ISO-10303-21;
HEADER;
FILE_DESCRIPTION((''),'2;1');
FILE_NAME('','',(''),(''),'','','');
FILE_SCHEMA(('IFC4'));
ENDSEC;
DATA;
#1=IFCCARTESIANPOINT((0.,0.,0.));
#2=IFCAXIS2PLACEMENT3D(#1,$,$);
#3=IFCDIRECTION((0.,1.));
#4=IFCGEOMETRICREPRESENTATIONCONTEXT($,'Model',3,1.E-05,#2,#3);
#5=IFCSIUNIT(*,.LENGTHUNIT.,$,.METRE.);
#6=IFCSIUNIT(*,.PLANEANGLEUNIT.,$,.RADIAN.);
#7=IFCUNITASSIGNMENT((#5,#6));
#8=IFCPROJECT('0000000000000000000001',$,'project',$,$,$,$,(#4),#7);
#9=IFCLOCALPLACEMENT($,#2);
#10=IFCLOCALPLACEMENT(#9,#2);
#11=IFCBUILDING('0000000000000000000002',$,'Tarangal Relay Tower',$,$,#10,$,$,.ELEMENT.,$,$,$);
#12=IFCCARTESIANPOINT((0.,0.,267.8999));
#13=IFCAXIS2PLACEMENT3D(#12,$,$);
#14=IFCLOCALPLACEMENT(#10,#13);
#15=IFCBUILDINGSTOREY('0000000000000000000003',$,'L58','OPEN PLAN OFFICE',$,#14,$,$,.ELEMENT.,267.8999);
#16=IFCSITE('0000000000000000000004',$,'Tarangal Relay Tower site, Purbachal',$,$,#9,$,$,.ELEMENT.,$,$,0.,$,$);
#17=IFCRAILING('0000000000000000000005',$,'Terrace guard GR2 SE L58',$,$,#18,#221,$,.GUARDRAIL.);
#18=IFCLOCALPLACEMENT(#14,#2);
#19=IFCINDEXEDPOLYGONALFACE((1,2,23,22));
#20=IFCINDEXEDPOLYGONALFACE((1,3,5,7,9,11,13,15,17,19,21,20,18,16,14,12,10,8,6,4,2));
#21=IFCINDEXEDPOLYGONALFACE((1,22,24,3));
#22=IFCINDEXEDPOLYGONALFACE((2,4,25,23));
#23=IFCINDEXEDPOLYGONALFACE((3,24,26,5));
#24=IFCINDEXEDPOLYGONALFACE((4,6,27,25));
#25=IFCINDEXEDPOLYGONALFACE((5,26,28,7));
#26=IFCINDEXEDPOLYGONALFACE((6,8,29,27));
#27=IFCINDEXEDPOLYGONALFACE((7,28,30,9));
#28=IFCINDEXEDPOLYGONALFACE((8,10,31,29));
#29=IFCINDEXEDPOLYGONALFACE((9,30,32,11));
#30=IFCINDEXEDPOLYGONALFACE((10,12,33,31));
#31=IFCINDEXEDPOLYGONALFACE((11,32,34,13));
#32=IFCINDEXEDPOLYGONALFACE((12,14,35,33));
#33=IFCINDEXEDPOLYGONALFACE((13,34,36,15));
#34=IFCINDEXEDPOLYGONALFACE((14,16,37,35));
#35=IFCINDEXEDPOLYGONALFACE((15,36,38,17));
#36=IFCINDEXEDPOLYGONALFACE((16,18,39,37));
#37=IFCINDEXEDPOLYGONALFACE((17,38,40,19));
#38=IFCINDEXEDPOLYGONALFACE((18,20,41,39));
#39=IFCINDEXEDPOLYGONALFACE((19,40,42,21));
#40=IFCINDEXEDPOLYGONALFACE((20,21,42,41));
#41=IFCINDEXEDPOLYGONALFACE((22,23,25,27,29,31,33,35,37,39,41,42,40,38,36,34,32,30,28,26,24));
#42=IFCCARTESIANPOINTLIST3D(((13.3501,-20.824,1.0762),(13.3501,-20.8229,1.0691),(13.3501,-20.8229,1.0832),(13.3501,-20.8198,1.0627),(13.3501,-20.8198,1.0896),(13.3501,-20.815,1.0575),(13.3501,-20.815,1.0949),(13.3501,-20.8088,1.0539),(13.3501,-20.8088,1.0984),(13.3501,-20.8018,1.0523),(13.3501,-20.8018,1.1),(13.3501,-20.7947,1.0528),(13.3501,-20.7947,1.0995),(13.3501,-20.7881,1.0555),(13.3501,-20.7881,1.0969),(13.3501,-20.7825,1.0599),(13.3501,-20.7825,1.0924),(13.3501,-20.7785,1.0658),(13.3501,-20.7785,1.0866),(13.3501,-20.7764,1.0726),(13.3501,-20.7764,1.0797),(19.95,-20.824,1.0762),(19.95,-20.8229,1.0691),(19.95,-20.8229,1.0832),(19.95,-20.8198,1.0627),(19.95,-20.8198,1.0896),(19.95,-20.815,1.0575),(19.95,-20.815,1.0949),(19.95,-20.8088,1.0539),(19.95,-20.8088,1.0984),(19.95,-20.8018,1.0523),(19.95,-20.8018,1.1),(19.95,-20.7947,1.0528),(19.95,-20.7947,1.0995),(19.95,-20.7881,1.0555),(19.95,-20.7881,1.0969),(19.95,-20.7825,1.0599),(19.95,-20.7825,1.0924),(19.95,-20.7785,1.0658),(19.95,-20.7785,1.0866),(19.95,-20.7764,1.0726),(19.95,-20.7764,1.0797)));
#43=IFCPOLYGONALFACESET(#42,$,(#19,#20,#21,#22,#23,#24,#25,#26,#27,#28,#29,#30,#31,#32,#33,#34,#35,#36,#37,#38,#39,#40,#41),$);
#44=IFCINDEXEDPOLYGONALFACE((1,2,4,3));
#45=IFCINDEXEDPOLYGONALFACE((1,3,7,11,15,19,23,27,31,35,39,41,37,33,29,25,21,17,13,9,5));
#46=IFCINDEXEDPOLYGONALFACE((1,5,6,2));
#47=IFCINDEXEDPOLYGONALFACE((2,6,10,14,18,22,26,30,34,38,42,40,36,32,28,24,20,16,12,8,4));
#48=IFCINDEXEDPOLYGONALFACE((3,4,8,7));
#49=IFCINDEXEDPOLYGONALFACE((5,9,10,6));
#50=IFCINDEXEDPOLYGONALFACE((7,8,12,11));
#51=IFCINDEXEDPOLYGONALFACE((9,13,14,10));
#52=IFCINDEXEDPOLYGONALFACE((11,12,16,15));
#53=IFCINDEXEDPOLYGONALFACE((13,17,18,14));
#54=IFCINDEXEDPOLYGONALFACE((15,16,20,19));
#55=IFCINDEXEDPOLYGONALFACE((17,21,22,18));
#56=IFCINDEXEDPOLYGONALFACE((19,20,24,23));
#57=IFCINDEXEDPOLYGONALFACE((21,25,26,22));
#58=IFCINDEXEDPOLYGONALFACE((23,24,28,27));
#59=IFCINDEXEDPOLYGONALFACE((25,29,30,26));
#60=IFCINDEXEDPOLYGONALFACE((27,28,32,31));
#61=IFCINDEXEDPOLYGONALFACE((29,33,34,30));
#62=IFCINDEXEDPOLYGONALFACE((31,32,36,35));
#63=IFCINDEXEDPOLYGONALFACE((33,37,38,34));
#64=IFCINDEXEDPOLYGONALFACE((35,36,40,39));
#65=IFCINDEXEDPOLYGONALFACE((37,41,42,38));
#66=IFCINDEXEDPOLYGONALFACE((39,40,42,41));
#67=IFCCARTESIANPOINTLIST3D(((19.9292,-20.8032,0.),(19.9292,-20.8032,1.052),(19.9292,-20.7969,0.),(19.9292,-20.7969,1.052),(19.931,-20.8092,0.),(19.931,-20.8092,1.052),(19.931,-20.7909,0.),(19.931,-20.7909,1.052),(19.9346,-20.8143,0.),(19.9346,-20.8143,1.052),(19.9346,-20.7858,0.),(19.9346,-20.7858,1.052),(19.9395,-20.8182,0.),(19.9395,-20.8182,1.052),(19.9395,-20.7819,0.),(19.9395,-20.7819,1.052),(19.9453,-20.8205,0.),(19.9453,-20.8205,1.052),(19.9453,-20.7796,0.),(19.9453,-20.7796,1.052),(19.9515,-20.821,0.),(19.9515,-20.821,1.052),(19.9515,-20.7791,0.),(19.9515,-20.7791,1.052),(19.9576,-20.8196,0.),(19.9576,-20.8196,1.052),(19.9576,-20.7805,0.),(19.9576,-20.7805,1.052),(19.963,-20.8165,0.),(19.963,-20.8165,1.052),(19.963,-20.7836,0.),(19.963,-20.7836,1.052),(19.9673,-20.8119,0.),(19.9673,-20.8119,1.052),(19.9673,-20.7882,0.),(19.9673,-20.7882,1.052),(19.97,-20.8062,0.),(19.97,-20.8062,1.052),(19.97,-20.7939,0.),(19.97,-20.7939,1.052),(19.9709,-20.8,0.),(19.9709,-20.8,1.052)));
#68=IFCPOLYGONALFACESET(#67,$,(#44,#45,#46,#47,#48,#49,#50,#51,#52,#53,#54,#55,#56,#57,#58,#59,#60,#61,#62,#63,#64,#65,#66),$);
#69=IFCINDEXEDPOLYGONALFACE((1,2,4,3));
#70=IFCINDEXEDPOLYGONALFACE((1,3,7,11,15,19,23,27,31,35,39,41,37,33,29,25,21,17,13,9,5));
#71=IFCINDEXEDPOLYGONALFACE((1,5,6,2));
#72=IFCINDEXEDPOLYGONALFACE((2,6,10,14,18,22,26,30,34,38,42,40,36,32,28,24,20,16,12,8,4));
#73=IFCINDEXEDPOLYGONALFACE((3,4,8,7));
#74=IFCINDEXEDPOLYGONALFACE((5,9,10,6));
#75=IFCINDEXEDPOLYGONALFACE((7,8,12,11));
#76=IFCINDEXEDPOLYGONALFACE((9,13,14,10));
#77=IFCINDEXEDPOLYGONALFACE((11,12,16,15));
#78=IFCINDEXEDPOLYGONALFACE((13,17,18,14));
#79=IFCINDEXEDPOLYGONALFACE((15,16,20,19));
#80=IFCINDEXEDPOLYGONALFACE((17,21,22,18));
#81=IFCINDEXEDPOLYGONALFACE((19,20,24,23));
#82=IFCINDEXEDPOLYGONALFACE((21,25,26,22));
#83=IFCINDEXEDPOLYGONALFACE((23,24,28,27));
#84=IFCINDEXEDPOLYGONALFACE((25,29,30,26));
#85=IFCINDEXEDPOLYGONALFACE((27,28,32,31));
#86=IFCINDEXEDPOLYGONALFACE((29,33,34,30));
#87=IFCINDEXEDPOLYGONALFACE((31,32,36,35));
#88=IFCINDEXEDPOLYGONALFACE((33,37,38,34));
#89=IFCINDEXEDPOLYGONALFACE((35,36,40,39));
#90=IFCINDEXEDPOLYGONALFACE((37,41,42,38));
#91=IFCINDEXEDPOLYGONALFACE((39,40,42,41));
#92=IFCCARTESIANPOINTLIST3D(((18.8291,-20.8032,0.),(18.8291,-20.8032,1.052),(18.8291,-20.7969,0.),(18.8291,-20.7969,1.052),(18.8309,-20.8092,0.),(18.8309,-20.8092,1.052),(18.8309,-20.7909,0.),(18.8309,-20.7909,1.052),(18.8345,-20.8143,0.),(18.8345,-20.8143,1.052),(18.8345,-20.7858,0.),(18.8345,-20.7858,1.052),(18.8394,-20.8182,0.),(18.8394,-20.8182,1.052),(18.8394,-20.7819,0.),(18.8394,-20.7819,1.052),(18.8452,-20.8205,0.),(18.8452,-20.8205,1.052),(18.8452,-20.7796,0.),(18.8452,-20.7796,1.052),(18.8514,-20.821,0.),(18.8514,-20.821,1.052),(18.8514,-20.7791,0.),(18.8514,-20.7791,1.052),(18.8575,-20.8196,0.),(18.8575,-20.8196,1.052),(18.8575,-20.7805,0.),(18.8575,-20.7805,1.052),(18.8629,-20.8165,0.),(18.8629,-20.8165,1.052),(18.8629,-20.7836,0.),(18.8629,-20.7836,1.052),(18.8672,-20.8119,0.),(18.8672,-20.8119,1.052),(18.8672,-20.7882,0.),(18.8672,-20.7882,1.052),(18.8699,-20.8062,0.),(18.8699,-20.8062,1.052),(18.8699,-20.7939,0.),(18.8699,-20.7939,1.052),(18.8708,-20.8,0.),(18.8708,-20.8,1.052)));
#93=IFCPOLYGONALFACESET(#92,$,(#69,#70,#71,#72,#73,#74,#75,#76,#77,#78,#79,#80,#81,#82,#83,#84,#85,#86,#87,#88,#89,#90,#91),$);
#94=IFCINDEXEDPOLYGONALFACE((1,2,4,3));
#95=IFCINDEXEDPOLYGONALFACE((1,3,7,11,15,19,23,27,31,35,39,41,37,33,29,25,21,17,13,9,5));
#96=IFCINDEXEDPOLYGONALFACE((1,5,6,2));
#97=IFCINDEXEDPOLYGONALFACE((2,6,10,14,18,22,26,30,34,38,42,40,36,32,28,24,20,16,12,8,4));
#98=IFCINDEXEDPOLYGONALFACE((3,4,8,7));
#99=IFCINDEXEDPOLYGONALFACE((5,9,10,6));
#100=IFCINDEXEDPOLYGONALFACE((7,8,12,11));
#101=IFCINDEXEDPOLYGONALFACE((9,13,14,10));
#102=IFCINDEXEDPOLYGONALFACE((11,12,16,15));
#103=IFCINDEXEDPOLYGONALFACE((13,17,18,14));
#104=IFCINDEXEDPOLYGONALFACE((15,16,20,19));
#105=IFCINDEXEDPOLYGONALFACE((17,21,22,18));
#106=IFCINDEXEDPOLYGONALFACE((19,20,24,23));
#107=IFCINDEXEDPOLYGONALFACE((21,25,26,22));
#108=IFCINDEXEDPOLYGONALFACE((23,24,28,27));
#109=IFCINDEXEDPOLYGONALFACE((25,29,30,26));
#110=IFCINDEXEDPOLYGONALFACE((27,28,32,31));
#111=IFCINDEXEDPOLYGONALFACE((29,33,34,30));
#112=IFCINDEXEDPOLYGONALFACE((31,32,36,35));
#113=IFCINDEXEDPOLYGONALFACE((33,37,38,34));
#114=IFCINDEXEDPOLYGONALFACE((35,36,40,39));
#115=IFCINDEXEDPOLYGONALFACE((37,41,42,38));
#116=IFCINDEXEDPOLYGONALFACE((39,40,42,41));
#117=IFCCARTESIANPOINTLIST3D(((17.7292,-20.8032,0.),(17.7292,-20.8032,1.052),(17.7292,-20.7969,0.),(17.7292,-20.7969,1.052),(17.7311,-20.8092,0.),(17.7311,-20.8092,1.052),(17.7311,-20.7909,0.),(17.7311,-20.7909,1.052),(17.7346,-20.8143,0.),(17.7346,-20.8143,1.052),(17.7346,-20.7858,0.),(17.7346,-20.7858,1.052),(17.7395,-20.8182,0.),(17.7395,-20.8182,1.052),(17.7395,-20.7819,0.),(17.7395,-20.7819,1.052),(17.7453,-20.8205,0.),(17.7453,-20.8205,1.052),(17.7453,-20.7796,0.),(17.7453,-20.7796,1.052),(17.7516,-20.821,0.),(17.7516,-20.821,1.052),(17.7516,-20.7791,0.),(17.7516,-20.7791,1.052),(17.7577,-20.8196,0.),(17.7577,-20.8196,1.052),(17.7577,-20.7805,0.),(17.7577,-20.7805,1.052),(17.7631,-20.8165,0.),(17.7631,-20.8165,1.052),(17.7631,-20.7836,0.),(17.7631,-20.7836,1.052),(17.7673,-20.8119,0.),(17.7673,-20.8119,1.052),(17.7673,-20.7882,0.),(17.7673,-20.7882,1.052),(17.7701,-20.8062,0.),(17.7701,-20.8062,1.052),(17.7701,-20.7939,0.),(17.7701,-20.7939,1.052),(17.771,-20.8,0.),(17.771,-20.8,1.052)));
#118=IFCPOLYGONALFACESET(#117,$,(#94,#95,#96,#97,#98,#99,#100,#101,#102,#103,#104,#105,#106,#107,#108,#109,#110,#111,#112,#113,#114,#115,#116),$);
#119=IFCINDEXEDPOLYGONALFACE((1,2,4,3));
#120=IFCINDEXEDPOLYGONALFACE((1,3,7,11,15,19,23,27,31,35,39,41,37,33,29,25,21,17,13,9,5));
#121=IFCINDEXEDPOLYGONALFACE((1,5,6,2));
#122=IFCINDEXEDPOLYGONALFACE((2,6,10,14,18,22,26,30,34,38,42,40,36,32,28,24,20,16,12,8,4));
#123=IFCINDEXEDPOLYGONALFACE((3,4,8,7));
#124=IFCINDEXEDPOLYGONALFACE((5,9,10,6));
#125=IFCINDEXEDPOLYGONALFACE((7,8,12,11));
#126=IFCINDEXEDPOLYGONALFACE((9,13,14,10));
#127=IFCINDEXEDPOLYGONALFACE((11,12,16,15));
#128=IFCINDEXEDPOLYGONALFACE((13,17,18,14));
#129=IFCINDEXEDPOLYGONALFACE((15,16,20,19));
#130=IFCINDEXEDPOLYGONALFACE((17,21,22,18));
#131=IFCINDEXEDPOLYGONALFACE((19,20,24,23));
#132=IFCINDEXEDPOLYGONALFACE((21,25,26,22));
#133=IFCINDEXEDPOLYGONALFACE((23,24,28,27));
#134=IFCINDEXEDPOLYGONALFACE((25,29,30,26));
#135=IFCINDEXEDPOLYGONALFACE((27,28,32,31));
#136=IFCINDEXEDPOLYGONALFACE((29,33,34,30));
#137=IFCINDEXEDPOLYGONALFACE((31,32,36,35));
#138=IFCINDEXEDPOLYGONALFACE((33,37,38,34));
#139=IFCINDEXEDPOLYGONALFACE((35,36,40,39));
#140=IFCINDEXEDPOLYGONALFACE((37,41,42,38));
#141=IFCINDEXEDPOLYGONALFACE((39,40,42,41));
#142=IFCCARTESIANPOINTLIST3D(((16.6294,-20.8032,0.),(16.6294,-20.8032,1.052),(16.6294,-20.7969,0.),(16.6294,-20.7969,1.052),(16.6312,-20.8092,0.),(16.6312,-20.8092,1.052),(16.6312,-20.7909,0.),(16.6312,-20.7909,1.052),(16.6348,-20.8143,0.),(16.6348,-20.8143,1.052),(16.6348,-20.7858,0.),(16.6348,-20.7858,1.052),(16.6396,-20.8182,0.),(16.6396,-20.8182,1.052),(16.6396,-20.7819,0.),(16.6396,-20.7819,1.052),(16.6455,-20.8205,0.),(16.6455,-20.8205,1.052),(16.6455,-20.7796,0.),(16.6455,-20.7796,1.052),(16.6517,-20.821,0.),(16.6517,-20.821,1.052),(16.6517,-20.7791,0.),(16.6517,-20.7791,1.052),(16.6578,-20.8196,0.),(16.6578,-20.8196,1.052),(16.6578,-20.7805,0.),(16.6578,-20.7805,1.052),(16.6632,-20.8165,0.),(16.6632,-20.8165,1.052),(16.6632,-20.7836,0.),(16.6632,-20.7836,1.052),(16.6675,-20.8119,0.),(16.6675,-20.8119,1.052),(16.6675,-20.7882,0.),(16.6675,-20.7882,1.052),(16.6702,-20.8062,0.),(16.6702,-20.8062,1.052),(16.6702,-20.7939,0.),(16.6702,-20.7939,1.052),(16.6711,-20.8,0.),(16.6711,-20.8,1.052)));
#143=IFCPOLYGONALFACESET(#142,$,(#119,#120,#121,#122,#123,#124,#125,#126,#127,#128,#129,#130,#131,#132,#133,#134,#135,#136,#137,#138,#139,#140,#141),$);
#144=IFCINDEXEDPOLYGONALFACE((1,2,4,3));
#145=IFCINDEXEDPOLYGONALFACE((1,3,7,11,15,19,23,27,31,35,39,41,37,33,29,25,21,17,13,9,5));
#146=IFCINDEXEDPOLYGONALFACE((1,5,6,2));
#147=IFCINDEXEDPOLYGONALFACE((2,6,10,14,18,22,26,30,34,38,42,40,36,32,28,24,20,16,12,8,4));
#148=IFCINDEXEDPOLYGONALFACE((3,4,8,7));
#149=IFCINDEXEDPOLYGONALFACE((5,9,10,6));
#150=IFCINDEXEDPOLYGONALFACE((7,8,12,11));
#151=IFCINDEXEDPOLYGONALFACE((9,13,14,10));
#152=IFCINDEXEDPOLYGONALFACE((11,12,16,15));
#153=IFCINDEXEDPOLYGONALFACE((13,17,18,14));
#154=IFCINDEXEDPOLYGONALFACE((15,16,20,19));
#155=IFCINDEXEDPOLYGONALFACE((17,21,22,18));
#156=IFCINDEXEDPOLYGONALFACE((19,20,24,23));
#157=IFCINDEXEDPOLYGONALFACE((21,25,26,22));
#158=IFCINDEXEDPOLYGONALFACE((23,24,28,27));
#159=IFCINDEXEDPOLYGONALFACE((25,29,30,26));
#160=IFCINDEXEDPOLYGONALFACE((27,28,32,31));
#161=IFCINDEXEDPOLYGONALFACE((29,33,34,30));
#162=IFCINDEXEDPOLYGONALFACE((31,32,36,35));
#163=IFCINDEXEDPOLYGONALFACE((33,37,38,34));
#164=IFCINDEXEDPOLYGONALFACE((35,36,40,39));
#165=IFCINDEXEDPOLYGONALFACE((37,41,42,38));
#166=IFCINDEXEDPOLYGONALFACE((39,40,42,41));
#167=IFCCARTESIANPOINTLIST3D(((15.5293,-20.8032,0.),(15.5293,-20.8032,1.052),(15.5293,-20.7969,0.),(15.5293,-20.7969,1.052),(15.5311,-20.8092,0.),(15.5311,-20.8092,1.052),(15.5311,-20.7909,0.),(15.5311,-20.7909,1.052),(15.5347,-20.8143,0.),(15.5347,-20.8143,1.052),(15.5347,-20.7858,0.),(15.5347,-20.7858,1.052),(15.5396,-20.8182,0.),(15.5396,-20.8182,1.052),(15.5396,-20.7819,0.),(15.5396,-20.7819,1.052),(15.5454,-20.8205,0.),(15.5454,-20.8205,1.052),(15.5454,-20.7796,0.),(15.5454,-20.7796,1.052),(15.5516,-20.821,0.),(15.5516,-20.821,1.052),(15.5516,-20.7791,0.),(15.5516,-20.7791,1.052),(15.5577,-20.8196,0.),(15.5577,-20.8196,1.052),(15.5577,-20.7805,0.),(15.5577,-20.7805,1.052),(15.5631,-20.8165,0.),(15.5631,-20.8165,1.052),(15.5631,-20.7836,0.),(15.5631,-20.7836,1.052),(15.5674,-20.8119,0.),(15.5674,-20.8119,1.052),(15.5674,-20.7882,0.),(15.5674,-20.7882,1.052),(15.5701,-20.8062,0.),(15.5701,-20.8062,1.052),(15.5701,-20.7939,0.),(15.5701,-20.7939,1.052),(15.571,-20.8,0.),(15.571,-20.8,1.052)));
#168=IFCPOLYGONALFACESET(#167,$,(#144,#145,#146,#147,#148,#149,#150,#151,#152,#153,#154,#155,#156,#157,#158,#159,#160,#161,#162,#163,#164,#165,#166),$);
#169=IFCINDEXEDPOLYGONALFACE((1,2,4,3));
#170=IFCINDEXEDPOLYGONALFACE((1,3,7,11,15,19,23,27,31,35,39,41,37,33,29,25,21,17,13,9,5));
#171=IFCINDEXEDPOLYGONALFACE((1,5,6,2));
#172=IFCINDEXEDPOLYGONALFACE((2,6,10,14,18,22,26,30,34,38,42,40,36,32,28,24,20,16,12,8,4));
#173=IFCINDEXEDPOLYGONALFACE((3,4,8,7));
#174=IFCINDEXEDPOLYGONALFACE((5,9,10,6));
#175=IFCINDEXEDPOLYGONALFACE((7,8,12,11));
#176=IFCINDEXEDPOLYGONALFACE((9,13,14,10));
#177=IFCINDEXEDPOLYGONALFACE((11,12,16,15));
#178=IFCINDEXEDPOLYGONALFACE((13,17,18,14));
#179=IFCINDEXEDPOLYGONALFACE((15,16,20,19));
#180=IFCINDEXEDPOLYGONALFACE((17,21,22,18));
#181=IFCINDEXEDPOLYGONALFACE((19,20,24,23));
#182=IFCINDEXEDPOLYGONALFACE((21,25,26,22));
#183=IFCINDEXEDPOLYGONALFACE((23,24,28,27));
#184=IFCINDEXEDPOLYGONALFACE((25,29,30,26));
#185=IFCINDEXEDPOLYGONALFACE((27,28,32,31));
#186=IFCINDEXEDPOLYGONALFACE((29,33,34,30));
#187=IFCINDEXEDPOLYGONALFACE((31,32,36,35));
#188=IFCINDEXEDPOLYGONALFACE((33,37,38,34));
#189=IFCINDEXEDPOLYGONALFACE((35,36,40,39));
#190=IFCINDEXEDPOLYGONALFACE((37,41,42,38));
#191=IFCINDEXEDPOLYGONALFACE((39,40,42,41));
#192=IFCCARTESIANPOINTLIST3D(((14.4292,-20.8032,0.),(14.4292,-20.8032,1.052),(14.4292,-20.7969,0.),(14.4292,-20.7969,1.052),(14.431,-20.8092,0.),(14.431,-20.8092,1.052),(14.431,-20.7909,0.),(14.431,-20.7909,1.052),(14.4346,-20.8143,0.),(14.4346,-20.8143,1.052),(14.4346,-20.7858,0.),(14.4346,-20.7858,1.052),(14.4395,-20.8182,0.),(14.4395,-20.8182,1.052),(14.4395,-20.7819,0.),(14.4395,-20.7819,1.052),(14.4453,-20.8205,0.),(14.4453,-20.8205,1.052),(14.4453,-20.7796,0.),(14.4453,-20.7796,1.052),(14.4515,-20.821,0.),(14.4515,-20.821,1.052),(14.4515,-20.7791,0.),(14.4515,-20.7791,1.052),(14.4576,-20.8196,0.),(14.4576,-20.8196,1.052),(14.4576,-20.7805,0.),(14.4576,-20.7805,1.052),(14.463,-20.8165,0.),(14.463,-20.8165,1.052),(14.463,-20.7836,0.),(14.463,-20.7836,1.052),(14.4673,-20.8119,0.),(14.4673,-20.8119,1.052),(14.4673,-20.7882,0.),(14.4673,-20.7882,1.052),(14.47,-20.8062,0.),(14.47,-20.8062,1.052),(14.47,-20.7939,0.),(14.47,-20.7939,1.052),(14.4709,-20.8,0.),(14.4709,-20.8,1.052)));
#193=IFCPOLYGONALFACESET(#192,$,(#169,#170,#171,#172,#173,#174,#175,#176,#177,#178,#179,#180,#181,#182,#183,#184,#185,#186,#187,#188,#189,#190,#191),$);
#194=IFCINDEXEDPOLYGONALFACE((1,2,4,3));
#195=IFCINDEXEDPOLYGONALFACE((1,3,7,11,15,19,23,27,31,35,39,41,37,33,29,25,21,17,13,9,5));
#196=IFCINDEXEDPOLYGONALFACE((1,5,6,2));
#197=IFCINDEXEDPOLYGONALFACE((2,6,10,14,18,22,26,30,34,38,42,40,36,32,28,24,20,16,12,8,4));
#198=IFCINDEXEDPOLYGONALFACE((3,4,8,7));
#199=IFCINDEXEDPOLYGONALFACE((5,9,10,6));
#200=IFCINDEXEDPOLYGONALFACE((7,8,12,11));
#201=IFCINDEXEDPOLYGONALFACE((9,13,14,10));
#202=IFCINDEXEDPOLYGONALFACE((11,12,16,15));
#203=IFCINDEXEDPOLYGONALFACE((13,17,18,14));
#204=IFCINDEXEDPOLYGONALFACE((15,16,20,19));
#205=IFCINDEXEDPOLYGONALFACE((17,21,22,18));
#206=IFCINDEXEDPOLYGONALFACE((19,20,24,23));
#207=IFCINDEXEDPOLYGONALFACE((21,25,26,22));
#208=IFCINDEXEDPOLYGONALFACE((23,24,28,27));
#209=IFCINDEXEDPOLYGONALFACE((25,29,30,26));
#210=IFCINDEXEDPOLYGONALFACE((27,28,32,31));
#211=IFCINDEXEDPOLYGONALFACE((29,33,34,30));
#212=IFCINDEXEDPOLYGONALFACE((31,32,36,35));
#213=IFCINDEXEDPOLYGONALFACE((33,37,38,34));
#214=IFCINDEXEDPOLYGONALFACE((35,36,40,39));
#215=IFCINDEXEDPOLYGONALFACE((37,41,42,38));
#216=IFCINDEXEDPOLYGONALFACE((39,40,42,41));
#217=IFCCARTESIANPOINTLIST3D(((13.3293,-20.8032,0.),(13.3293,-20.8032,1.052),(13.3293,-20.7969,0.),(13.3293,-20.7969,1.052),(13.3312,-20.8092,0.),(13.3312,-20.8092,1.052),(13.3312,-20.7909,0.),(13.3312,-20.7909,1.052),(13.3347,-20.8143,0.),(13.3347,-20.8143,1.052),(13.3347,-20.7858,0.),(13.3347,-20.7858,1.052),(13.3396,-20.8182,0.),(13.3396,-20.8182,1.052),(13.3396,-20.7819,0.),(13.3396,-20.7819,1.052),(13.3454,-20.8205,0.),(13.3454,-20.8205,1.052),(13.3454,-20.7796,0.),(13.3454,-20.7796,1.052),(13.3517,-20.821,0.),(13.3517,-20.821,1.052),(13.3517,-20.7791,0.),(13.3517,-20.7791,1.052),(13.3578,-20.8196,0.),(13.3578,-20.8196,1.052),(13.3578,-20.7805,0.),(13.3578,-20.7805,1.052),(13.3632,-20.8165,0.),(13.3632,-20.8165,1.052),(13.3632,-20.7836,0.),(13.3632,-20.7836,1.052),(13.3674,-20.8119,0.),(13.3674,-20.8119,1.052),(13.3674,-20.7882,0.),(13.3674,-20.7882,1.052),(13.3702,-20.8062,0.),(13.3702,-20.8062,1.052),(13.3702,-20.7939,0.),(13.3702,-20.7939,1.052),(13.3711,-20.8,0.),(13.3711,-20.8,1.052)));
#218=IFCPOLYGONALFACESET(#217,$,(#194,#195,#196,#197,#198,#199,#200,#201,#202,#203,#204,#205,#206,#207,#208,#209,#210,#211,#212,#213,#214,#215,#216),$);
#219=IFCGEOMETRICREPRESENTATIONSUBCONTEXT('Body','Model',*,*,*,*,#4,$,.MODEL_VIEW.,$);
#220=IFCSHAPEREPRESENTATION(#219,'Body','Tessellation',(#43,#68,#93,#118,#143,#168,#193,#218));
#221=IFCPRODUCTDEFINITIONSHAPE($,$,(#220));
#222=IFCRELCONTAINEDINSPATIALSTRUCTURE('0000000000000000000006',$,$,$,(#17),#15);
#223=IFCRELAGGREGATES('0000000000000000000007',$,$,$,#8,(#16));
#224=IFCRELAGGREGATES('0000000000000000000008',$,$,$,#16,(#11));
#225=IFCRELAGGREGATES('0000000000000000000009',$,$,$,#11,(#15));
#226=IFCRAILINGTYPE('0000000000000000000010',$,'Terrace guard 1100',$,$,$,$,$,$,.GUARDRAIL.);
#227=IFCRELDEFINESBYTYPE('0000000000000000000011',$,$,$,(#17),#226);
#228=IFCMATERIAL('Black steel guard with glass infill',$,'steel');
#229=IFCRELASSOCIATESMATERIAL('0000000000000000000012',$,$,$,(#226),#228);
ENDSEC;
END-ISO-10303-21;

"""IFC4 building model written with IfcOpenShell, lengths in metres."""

from ifc_helpers import new_model, si_unit, direction, frame, origin, origin_2d, place, context, subcontext, project, spatial, circle, extrude, material, type_object, element, save


model = new_model("IFC4")

# Units and contexts
model_context = context("Model", 3, precision=1e-05, world=origin(), true_north=direction((0.0, 1.0)))
body_context = subcontext(model_context, "Body", "Model", "MODEL_VIEW")
ifc_project = project(units=[si_unit("LENGTHUNIT", "METRE"), si_unit("PLANEANGLEUNIT", "RADIAN")], contexts=[model_context])

# Site, building, storey
site_placement = place(None, origin())
site = spatial("IfcSite", under=ifc_project, at=site_placement, Name="Tarangal Relay Tower site, Purbachal", CompositionType="ELEMENT", RefElevation=0.0)
building_placement = place(site_placement, origin())
building = spatial("IfcBuilding", under=site, at=building_placement, Name="Tarangal Relay Tower", CompositionType="ELEMENT")
storey_placement = place(building_placement, frame((0.0, 0.0, 267.8999)))
storey = spatial("IfcBuildingStorey", under=building, at=storey_placement, Name="L58", Description="OPEN PLAN OFFICE", CompositionType="ELEMENT", Elevation=267.8999)

# Railing
ifc_material_1 = material(Name="Black steel guard with glass infill", Category="steel")
railing_type = type_object("IfcRailingType", Name="Terrace guard 1100", PredefinedType="GUARDRAIL", material=ifc_material_1)
railing_1_placement = place(storey_placement, frame((19.95, -20.8, 0.0)))
element("IfcRailing", 1, at=railing_1_placement, inside=storey, type_object=railing_type, Name="Terrace guard GR2 SE L58", PredefinedType="GUARDRAIL", context=body_context, shape_type="SweptSolid", body=[
    extrude(circle(Radius=0.0239, at=origin_2d()), frame((0.0, 0.0, 1.0762), z_axis=(-1.0, 0.0, 0.0), x_axis=(0.0, -1.0, 0.0)), (0.0, 0.0, 1.0), 6.5999),
    extrude(circle(Radius=0.021, at=origin_2d()), origin(), (0.0, 0.0, 1.0), 1.052),
    extrude(circle(Radius=0.021, at=origin_2d()), frame((-1.1001, 0.0, 0.0)), (0.0, 0.0, 1.0), 1.052),
    extrude(circle(Radius=0.021, at=origin_2d()), frame((-2.2, 0.0, 0.0)), (0.0, 0.0, 1.0), 1.052),
    extrude(circle(Radius=0.021, at=origin_2d()), frame((-3.2998, 0.0, 0.0)), (0.0, 0.0, 1.0), 1.052),
    extrude(circle(Radius=0.021, at=origin_2d()), frame((-4.3999, 0.0, 0.0)), (0.0, 0.0, 1.0), 1.052),
    extrude(circle(Radius=0.021, at=origin_2d()), frame((-5.5, 0.0, 0.0)), (0.0, 0.0, 1.0), 1.052),
    extrude(circle(Radius=0.021, at=origin_2d()), frame((-6.5999, 0.0, 0.0)), (0.0, 0.0, 1.0), 1.052),
])

save(model, "model.ifc")
